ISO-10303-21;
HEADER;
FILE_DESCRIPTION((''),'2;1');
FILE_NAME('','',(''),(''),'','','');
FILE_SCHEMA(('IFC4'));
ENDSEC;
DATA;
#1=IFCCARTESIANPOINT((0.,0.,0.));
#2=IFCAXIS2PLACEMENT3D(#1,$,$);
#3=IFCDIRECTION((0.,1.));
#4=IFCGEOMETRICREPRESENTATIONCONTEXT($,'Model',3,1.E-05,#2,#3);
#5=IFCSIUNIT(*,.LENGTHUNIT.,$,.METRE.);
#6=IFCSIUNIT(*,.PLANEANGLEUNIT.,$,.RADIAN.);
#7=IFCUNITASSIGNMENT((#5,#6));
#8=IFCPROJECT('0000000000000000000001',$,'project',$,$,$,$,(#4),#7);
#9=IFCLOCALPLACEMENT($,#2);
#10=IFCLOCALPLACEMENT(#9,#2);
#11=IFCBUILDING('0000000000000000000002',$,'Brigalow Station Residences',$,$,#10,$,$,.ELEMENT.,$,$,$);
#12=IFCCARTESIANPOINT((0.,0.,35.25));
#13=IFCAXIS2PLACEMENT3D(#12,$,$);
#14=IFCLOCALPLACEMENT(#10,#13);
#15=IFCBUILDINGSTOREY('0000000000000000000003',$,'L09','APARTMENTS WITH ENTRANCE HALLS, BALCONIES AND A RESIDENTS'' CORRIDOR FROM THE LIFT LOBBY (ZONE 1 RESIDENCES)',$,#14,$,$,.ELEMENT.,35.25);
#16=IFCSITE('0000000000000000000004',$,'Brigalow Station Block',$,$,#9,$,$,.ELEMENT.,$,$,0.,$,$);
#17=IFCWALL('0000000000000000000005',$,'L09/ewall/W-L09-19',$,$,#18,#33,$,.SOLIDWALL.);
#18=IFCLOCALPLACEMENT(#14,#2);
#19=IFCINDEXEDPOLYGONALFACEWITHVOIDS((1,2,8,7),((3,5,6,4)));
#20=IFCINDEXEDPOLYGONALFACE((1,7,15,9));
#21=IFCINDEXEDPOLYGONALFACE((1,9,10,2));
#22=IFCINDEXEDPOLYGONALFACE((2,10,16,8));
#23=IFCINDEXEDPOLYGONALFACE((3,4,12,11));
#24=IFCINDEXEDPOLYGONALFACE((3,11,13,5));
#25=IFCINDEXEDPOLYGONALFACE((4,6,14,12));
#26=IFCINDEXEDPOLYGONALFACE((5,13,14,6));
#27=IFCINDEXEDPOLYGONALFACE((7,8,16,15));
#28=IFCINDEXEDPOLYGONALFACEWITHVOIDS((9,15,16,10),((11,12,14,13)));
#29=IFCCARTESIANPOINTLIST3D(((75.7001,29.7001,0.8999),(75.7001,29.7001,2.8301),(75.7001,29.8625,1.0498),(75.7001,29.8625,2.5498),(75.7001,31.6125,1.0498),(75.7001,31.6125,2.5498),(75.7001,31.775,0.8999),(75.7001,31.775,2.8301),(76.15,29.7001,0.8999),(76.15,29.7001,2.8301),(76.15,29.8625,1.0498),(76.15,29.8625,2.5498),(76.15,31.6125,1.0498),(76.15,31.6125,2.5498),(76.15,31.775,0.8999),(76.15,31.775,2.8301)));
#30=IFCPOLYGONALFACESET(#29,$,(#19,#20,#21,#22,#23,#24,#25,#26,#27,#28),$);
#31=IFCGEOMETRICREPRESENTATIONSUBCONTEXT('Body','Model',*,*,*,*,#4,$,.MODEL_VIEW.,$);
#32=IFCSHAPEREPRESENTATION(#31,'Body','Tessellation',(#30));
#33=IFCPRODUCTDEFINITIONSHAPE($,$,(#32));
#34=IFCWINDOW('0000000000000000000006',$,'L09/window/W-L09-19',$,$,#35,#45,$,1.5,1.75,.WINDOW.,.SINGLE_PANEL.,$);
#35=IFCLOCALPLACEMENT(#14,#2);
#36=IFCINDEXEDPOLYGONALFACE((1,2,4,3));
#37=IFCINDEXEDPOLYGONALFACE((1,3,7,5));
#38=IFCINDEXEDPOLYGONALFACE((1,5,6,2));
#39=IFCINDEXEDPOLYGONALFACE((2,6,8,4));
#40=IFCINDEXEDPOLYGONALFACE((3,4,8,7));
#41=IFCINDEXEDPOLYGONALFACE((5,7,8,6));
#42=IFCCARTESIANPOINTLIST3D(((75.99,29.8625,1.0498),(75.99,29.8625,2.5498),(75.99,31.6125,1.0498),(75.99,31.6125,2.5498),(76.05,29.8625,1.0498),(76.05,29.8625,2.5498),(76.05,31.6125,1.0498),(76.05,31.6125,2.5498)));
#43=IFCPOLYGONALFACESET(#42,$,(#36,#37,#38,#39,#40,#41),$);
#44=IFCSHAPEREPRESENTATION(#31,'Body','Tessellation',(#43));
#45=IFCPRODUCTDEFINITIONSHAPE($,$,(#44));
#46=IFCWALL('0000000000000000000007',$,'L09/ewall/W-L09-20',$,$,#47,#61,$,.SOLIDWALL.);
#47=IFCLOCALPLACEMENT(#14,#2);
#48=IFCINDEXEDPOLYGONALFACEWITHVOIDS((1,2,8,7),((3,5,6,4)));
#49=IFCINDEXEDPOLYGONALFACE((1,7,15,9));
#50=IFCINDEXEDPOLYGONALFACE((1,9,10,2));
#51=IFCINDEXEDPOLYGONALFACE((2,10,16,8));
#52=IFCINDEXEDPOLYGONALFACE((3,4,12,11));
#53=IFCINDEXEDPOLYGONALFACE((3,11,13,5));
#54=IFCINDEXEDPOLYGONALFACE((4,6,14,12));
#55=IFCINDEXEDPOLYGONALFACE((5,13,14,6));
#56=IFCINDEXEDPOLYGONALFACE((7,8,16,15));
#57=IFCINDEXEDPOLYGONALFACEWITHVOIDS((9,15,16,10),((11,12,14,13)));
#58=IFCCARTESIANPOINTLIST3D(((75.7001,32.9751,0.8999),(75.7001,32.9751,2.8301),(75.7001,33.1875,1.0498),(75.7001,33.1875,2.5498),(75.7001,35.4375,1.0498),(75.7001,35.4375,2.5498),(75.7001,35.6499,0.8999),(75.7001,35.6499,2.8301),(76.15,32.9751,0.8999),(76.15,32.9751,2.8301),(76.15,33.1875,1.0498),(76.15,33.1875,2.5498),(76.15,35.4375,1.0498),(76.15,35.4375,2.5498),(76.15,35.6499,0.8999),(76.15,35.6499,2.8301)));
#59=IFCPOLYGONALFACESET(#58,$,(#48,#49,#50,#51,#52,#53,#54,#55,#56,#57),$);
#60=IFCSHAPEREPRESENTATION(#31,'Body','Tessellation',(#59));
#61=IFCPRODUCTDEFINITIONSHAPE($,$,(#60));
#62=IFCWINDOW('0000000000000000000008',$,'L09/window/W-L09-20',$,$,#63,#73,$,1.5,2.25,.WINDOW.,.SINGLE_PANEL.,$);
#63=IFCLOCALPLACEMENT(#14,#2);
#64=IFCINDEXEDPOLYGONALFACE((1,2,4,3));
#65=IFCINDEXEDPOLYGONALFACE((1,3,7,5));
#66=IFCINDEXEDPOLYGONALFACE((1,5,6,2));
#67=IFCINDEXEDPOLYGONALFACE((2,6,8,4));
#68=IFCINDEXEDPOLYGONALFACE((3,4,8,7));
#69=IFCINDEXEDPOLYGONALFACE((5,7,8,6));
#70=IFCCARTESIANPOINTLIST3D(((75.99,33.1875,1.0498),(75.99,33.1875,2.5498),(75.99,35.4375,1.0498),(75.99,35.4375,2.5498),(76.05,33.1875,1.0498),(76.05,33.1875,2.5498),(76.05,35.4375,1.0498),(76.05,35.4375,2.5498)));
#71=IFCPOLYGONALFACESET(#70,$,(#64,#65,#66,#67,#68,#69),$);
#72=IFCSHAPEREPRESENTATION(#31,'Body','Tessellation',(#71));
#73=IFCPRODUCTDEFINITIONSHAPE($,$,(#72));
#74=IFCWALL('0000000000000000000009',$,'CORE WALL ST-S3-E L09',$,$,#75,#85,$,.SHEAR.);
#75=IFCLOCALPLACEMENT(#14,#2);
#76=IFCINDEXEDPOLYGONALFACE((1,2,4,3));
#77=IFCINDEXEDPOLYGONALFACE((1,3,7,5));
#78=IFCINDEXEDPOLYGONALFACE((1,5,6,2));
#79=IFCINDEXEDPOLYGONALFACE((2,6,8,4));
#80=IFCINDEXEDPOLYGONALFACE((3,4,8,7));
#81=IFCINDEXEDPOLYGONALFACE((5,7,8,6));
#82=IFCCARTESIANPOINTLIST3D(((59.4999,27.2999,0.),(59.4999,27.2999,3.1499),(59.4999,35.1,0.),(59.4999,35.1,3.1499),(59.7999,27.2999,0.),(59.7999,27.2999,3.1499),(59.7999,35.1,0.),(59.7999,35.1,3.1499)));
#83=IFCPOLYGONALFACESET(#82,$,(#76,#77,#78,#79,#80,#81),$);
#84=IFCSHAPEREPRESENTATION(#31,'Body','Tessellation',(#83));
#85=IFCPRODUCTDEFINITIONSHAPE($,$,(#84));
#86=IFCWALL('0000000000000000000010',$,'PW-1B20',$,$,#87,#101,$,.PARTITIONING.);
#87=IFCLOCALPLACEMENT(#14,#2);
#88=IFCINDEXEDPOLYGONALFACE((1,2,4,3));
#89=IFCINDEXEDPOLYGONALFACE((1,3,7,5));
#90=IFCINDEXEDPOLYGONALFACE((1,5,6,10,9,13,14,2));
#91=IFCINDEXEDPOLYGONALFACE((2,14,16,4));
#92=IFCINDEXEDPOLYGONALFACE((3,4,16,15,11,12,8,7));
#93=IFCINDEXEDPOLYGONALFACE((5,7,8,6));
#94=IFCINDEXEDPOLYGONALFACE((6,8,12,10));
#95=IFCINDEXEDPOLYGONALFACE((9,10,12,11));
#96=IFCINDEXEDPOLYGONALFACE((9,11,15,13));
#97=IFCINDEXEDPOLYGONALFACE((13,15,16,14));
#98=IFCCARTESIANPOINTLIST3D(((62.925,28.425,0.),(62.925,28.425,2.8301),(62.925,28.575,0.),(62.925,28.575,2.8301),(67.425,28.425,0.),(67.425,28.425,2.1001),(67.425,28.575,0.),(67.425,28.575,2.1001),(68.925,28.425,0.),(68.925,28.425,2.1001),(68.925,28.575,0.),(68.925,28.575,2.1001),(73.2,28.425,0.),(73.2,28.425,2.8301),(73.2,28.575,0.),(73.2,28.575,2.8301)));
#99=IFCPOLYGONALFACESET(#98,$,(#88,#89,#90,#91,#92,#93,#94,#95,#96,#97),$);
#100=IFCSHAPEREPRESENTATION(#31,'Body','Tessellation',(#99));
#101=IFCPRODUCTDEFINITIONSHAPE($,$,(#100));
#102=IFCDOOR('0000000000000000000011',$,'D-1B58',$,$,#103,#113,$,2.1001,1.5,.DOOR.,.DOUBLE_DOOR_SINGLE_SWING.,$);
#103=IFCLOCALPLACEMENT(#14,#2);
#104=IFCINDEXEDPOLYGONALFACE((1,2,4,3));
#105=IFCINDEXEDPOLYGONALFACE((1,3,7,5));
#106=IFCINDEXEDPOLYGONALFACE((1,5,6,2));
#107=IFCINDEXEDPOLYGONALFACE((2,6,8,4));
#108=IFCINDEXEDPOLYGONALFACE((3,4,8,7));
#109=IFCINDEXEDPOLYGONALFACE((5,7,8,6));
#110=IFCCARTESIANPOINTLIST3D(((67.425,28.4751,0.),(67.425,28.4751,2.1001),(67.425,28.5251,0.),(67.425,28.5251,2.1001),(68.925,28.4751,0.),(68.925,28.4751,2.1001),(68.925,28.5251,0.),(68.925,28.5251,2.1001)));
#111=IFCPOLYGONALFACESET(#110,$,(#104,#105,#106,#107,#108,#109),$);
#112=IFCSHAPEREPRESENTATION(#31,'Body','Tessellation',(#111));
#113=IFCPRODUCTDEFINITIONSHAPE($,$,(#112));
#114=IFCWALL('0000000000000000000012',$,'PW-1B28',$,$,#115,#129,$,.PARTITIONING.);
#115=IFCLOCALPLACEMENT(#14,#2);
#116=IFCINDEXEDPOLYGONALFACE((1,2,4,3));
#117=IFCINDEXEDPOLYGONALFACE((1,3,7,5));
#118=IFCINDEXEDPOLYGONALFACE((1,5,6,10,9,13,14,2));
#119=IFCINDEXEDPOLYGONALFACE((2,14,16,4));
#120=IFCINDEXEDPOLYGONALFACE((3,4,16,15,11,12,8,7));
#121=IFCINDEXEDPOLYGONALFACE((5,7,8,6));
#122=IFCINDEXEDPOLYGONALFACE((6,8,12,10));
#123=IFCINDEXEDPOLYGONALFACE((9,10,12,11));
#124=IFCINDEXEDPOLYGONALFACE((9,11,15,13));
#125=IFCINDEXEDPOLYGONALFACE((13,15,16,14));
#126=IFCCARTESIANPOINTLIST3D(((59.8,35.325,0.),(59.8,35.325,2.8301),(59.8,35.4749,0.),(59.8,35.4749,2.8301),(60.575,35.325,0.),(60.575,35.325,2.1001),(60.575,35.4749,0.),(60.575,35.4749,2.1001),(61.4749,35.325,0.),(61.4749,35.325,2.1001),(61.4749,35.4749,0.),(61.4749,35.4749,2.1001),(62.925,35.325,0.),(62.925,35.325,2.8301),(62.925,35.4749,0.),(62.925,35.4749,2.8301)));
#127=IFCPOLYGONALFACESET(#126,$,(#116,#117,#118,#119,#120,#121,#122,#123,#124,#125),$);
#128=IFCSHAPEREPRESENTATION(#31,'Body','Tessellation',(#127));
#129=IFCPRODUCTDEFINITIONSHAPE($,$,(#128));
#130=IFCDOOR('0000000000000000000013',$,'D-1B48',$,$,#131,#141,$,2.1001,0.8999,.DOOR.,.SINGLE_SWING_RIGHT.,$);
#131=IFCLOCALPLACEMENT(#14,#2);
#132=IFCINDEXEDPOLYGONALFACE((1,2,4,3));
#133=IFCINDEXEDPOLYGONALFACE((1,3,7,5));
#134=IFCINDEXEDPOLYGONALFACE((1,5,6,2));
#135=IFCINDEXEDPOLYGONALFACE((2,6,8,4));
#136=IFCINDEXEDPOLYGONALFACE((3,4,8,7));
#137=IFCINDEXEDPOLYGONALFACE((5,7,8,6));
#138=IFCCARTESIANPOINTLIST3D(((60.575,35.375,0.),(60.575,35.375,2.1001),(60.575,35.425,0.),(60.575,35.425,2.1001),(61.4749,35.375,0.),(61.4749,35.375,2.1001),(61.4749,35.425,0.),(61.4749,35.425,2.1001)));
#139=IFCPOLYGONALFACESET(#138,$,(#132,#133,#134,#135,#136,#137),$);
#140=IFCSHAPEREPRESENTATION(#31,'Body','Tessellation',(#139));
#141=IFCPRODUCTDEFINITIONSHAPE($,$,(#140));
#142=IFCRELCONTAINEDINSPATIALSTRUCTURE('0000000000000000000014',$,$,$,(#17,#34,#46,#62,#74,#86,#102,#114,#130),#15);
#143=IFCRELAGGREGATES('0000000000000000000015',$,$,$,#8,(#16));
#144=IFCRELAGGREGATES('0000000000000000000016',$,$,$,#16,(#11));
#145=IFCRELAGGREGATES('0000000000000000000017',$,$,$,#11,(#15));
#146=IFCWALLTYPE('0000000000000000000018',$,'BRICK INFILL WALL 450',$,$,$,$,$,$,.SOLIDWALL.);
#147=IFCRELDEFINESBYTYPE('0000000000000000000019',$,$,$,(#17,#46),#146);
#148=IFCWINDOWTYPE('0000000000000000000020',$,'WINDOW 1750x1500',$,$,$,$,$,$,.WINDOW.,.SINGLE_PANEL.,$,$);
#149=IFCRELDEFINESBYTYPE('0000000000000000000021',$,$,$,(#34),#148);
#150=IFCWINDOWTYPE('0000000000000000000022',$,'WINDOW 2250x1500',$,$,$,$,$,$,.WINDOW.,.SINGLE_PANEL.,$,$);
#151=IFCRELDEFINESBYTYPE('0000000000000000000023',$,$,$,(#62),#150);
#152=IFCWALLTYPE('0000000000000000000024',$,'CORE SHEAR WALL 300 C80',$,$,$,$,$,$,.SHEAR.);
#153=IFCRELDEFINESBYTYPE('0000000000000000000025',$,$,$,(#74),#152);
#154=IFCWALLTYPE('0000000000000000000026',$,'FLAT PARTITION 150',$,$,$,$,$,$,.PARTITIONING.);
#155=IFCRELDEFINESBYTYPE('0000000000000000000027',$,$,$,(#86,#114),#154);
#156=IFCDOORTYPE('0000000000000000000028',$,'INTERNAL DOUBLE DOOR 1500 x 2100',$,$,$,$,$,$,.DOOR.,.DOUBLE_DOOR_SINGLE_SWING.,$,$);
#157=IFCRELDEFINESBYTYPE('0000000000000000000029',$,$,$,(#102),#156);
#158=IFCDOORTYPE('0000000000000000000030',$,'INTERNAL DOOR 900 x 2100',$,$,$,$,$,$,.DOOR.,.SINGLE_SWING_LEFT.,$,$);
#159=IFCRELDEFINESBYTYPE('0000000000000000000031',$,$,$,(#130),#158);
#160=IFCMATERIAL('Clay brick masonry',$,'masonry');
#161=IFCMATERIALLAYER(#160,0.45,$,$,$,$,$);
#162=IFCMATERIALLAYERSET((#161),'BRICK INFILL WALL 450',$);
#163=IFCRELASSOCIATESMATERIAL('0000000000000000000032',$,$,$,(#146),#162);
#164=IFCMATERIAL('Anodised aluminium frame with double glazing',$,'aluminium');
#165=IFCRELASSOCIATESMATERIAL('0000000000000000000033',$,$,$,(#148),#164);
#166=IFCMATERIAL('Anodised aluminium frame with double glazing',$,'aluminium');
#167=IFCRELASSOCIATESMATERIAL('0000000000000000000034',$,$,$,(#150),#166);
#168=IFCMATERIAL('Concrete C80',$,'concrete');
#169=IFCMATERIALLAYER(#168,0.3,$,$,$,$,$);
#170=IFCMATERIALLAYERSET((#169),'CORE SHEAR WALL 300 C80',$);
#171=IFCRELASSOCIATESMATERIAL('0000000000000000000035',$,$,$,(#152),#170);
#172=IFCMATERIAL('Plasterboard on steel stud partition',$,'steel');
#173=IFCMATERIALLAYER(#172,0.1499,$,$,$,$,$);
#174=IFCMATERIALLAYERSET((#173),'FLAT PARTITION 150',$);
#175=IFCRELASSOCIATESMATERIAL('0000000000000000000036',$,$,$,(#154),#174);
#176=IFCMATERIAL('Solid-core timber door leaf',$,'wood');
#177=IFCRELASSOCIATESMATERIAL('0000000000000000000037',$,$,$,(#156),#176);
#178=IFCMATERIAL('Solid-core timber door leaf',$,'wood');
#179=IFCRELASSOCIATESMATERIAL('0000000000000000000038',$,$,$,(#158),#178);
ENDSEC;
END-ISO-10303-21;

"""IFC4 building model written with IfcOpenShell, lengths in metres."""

from ifc_helpers import new_model, si_unit, direction, frame, frame_2d, origin, place, context, subcontext, project, spatial, rectangle, extrude, material, layer, layer_set, type_object, element, fill, save


model = new_model("IFC4")

# Units and contexts
model_context = context("Model", 3, precision=1e-05, world=origin(), true_north=direction((0.0, 1.0)))
body_context = subcontext(model_context, "Body", "Model", "MODEL_VIEW")
ifc_project = project(units=[si_unit("LENGTHUNIT", "METRE"), si_unit("PLANEANGLEUNIT", "RADIAN")], contexts=[model_context])

# Site, building, storey
site_placement = place(None, origin())
site = spatial("IfcSite", under=ifc_project, at=site_placement, Name="Brigalow Station Block", CompositionType="ELEMENT", RefElevation=0.0)
building_placement = place(site_placement, origin())
building = spatial("IfcBuilding", under=site, at=building_placement, Name="Brigalow Station Residences", CompositionType="ELEMENT")
storey_placement = place(building_placement, frame((0.0, 0.0, 35.25)))
storey = spatial("IfcBuildingStorey", under=building, at=storey_placement, Name="L09", Description="APARTMENTS WITH ENTRANCE HALLS, BALCONIES AND A RESIDENTS' CORRIDOR FROM THE LIFT LOBBY (ZONE 1 RESIDENCES)", CompositionType="ELEMENT", Elevation=35.25)

# Shared definitions
ifc_material_1 = material(Name="Clay brick masonry", Category="masonry")
ifc_layer_1 = layer(ifc_material_1, 0.45)
ifc_layer_set_1 = layer_set([ifc_layer_1], Name="BRICK INFILL WALL 450")
wall_type_1 = type_object("IfcWallType", Name="BRICK INFILL WALL 450", PredefinedType="SOLIDWALL", material=ifc_layer_set_1)

# Walls, openings, windows
wall_1_placement = place(storey_placement, frame((75.925, 29.7, 0.8999), z_axis=(0.0, 0.0, 1.0), x_axis=(0.0, 1.0, 0.0)))
wall_1 = element("IfcWall", 1, at=wall_1_placement, inside=storey, type_object=wall_type_1, Name="L09/ewall/W-L09-19", PredefinedType="SOLIDWALL", context=body_context, shape_type="SweptSolid", body=[
    extrude(rectangle(XDim=2.075, YDim=0.45, at=frame_2d((1.0376, 0.0))), origin(), (0.0, 0.0, 1.0), 1.9302),
])
opening_1_placement = place(wall_1_placement, frame((0.1626, 0.0, 0.1499)))
opening_1 = element("IfcOpeningElement", 2, at=opening_1_placement, cuts=wall_1, PredefinedType="OPENING", context=body_context, shape_type="SweptSolid", body=[
    extrude(rectangle(XDim=1.75, YDim=1.5, at=frame_2d((0.875, 0.75))), frame((0.0, 0.2349, 0.0), z_axis=(0.0, -1.0, 0.0), x_axis=(1.0, 0.0, 0.0)), (0.0, 0.0, 1.0), 0.47),
])
ifc_material_2 = material(Name="Anodised aluminium frame with double glazing", Category="aluminium")
window_type_1 = type_object("IfcWindowType", Name="WINDOW 1750x1500", PartitioningType="SINGLE_PANEL", PredefinedType="WINDOW", material=ifc_material_2)
window_1_placement = place(opening_1_placement, origin())
window_1 = element("IfcWindow", 3, at=window_1_placement, inside=storey, type_object=window_type_1, Name="L09/window/W-L09-19", OverallHeight=1.5, OverallWidth=1.75, PartitioningType="SINGLE_PANEL", PredefinedType="WINDOW", context=body_context, shape_type="SweptSolid", body=[
    extrude(rectangle(XDim=1.75, YDim=1.5, at=frame_2d((0.875, 0.75))), frame((0.0, -0.0649, 0.0), z_axis=(0.0, -1.0, 0.0), x_axis=(1.0, 0.0, 0.0)), (0.0, 0.0, 1.0), 0.0601),
])
fill(opening_1, window_1)
wall_2_placement = place(storey_placement, frame((75.925, 32.9751, 0.8999), z_axis=(0.0, 0.0, 1.0), x_axis=(0.0, 1.0, 0.0)))
wall_2 = element("IfcWall", 4, at=wall_2_placement, inside=storey, type_object=wall_type_1, Name="L09/ewall/W-L09-20", PredefinedType="SOLIDWALL", context=body_context, shape_type="SweptSolid", body=[
    extrude(rectangle(XDim=2.6748, YDim=0.45, at=frame_2d((1.3374, 0.0))), origin(), (0.0, 0.0, 1.0), 1.9302),
])
opening_2_placement = place(wall_2_placement, frame((0.2124, 0.0, 0.1499)))
opening_2 = element("IfcOpeningElement", 5, at=opening_2_placement, cuts=wall_2, PredefinedType="OPENING", context=body_context, shape_type="SweptSolid", body=[
    extrude(rectangle(XDim=2.25, YDim=1.5, at=frame_2d((1.125, 0.75))), frame((0.0, 0.2349, 0.0), z_axis=(0.0, -1.0, 0.0), x_axis=(1.0, 0.0, 0.0)), (0.0, 0.0, 1.0), 0.47),
])
ifc_material_3 = material(Name="Anodised aluminium frame with double glazing", Category="aluminium")
window_type_2 = type_object("IfcWindowType", Name="WINDOW 2250x1500", PartitioningType="SINGLE_PANEL", PredefinedType="WINDOW", material=ifc_material_3)
window_2_placement = place(opening_2_placement, origin())
window_2 = element("IfcWindow", 6, at=window_2_placement, inside=storey, type_object=window_type_2, Name="L09/window/W-L09-20", OverallHeight=1.5, OverallWidth=2.25, PartitioningType="SINGLE_PANEL", PredefinedType="WINDOW", context=body_context, shape_type="SweptSolid", body=[
    extrude(rectangle(XDim=2.25, YDim=1.5, at=frame_2d((1.125, 0.75))), frame((0.0, -0.0649, 0.0), z_axis=(0.0, -1.0, 0.0), x_axis=(1.0, 0.0, 0.0)), (0.0, 0.0, 1.0), 0.0601),
])
fill(opening_2, window_2)

# Wall
ifc_material_4 = material(Name="Concrete C80", Category="concrete")
ifc_layer_2 = layer(ifc_material_4, 0.3)
ifc_layer_set_2 = layer_set([ifc_layer_2], Name="CORE SHEAR WALL 300 C80")
wall_type_2 = type_object("IfcWallType", Name="CORE SHEAR WALL 300 C80", PredefinedType="SHEAR", material=ifc_layer_set_2)
wall_3_placement = place(storey_placement, frame((59.6499, 27.3, 0.0), z_axis=(0.0, 0.0, 1.0), x_axis=(0.0, 1.0, 0.0)))
element("IfcWall", 7, at=wall_3_placement, inside=storey, type_object=wall_type_2, Name="CORE WALL ST-S3-E L09", PredefinedType="SHEAR", context=body_context, shape_type="SweptSolid", body=[
    extrude(rectangle(XDim=7.8, YDim=0.3, at=frame_2d((3.8999, 0.0))), origin(), (0.0, 0.0, 1.0), 3.1499),
])

# Walls, openings, doors
ifc_material_5 = material(Name="Plasterboard on steel stud partition", Category="steel")
ifc_layer_3 = layer(ifc_material_5, 0.1499)
ifc_layer_set_3 = layer_set([ifc_layer_3], Name="FLAT PARTITION 150")
wall_type_3 = type_object("IfcWallType", Name="FLAT PARTITION 150", PredefinedType="PARTITIONING", material=ifc_layer_set_3)
wall_4_placement = place(storey_placement, frame((62.925, 28.5, 0.0), z_axis=(0.0, 0.0, 1.0), x_axis=(1.0, 0.0, 0.0)))
wall_4 = element("IfcWall", 8, at=wall_4_placement, inside=storey, type_object=wall_type_3, Name="PW-1B20", PredefinedType="PARTITIONING", context=body_context, shape_type="SweptSolid", body=[
    extrude(rectangle(XDim=10.2749, YDim=0.1499, at=frame_2d((5.1375, 0.0))), origin(), (0.0, 0.0, 1.0), 2.8301),
])
opening_3_placement = place(wall_4_placement, frame((4.5, 0.0, 0.0)))
opening_3 = element("IfcOpeningElement", 9, at=opening_3_placement, cuts=wall_4, PredefinedType="OPENING", context=body_context, shape_type="SweptSolid", body=[
    extrude(rectangle(XDim=1.5, YDim=2.1001, at=frame_2d((0.75, 1.05))), frame((0.0, 0.085, 0.0), z_axis=(0.0, -1.0, 0.0), x_axis=(1.0, 0.0, 0.0)), (0.0, 0.0, 1.0), 0.1699),
])
ifc_material_6 = material(Name="Solid-core timber door leaf", Category="wood")
door_type_1 = type_object("IfcDoorType", Name="INTERNAL DOUBLE DOOR 1500 x 2100", OperationType="DOUBLE_DOOR_SINGLE_SWING", PredefinedType="DOOR", material=ifc_material_6)
door_1_placement = place(opening_3_placement, frame((1.5, 0.0, 0.0), z_axis=(0.0, 0.0, 1.0), x_axis=(-1.0, 0.0, 0.0)))
door_1 = element("IfcDoor", 10, at=door_1_placement, inside=storey, type_object=door_type_1, Name="D-1B58", OperationType="DOUBLE_DOOR_SINGLE_SWING", OverallHeight=2.1001, OverallWidth=1.5, PredefinedType="DOOR", context=body_context, shape_type="SweptSolid", body=[
    extrude(rectangle(XDim=1.5, YDim=2.1001, at=frame_2d((0.75, 1.05))), frame((0.0, 0.0249, 0.0), z_axis=(0.0, -1.0, 0.0), x_axis=(1.0, 0.0, 0.0)), (0.0, 0.0, 1.0), 0.05),
])
fill(opening_3, door_1)
wall_5_placement = place(storey_placement, frame((59.8, 35.3999, 0.0), z_axis=(0.0, 0.0, 1.0), x_axis=(1.0, 0.0, 0.0)))
wall_5 = element("IfcWall", 11, at=wall_5_placement, inside=storey, type_object=wall_type_3, Name="PW-1B28", PredefinedType="PARTITIONING", context=body_context, shape_type="SweptSolid", body=[
    extrude(rectangle(XDim=3.125, YDim=0.1499, at=frame_2d((1.5625, 0.0))), origin(), (0.0, 0.0, 1.0), 2.8301),
])
opening_4_placement = place(wall_5_placement, frame((0.7749, 0.0, 0.0)))
opening_4 = element("IfcOpeningElement", 12, at=opening_4_placement, cuts=wall_5, PredefinedType="OPENING", context=body_context, shape_type="SweptSolid", body=[
    extrude(rectangle(XDim=0.8999, YDim=2.1001, at=frame_2d((0.45, 1.05))), frame((0.0, 0.085, 0.0), z_axis=(0.0, -1.0, 0.0), x_axis=(1.0, 0.0, 0.0)), (0.0, 0.0, 1.0), 0.1699),
])
ifc_material_7 = material(Name="Solid-core timber door leaf", Category="wood")
door_type_2 = type_object("IfcDoorType", Name="INTERNAL DOOR 900 x 2100", OperationType="SINGLE_SWING_LEFT", PredefinedType="DOOR", material=ifc_material_7)
door_2_placement = place(opening_4_placement, frame((0.8999, 0.0, 0.0), z_axis=(0.0, 0.0, 1.0), x_axis=(-1.0, 0.0, 0.0)))
door_2 = element("IfcDoor", 13, at=door_2_placement, inside=storey, type_object=door_type_2, Name="D-1B48", OperationType="SINGLE_SWING_RIGHT", OverallHeight=2.1001, OverallWidth=0.8999, PredefinedType="DOOR", context=body_context, shape_type="SweptSolid", body=[
    extrude(rectangle(XDim=0.8999, YDim=2.1001, at=frame_2d((0.45, 1.05))), frame((0.0, 0.0249, 0.0), z_axis=(0.0, -1.0, 0.0), x_axis=(1.0, 0.0, 0.0)), (0.0, 0.0, 1.0), 0.05),
])
fill(opening_4, door_2)

save(model, "model.ifc")
